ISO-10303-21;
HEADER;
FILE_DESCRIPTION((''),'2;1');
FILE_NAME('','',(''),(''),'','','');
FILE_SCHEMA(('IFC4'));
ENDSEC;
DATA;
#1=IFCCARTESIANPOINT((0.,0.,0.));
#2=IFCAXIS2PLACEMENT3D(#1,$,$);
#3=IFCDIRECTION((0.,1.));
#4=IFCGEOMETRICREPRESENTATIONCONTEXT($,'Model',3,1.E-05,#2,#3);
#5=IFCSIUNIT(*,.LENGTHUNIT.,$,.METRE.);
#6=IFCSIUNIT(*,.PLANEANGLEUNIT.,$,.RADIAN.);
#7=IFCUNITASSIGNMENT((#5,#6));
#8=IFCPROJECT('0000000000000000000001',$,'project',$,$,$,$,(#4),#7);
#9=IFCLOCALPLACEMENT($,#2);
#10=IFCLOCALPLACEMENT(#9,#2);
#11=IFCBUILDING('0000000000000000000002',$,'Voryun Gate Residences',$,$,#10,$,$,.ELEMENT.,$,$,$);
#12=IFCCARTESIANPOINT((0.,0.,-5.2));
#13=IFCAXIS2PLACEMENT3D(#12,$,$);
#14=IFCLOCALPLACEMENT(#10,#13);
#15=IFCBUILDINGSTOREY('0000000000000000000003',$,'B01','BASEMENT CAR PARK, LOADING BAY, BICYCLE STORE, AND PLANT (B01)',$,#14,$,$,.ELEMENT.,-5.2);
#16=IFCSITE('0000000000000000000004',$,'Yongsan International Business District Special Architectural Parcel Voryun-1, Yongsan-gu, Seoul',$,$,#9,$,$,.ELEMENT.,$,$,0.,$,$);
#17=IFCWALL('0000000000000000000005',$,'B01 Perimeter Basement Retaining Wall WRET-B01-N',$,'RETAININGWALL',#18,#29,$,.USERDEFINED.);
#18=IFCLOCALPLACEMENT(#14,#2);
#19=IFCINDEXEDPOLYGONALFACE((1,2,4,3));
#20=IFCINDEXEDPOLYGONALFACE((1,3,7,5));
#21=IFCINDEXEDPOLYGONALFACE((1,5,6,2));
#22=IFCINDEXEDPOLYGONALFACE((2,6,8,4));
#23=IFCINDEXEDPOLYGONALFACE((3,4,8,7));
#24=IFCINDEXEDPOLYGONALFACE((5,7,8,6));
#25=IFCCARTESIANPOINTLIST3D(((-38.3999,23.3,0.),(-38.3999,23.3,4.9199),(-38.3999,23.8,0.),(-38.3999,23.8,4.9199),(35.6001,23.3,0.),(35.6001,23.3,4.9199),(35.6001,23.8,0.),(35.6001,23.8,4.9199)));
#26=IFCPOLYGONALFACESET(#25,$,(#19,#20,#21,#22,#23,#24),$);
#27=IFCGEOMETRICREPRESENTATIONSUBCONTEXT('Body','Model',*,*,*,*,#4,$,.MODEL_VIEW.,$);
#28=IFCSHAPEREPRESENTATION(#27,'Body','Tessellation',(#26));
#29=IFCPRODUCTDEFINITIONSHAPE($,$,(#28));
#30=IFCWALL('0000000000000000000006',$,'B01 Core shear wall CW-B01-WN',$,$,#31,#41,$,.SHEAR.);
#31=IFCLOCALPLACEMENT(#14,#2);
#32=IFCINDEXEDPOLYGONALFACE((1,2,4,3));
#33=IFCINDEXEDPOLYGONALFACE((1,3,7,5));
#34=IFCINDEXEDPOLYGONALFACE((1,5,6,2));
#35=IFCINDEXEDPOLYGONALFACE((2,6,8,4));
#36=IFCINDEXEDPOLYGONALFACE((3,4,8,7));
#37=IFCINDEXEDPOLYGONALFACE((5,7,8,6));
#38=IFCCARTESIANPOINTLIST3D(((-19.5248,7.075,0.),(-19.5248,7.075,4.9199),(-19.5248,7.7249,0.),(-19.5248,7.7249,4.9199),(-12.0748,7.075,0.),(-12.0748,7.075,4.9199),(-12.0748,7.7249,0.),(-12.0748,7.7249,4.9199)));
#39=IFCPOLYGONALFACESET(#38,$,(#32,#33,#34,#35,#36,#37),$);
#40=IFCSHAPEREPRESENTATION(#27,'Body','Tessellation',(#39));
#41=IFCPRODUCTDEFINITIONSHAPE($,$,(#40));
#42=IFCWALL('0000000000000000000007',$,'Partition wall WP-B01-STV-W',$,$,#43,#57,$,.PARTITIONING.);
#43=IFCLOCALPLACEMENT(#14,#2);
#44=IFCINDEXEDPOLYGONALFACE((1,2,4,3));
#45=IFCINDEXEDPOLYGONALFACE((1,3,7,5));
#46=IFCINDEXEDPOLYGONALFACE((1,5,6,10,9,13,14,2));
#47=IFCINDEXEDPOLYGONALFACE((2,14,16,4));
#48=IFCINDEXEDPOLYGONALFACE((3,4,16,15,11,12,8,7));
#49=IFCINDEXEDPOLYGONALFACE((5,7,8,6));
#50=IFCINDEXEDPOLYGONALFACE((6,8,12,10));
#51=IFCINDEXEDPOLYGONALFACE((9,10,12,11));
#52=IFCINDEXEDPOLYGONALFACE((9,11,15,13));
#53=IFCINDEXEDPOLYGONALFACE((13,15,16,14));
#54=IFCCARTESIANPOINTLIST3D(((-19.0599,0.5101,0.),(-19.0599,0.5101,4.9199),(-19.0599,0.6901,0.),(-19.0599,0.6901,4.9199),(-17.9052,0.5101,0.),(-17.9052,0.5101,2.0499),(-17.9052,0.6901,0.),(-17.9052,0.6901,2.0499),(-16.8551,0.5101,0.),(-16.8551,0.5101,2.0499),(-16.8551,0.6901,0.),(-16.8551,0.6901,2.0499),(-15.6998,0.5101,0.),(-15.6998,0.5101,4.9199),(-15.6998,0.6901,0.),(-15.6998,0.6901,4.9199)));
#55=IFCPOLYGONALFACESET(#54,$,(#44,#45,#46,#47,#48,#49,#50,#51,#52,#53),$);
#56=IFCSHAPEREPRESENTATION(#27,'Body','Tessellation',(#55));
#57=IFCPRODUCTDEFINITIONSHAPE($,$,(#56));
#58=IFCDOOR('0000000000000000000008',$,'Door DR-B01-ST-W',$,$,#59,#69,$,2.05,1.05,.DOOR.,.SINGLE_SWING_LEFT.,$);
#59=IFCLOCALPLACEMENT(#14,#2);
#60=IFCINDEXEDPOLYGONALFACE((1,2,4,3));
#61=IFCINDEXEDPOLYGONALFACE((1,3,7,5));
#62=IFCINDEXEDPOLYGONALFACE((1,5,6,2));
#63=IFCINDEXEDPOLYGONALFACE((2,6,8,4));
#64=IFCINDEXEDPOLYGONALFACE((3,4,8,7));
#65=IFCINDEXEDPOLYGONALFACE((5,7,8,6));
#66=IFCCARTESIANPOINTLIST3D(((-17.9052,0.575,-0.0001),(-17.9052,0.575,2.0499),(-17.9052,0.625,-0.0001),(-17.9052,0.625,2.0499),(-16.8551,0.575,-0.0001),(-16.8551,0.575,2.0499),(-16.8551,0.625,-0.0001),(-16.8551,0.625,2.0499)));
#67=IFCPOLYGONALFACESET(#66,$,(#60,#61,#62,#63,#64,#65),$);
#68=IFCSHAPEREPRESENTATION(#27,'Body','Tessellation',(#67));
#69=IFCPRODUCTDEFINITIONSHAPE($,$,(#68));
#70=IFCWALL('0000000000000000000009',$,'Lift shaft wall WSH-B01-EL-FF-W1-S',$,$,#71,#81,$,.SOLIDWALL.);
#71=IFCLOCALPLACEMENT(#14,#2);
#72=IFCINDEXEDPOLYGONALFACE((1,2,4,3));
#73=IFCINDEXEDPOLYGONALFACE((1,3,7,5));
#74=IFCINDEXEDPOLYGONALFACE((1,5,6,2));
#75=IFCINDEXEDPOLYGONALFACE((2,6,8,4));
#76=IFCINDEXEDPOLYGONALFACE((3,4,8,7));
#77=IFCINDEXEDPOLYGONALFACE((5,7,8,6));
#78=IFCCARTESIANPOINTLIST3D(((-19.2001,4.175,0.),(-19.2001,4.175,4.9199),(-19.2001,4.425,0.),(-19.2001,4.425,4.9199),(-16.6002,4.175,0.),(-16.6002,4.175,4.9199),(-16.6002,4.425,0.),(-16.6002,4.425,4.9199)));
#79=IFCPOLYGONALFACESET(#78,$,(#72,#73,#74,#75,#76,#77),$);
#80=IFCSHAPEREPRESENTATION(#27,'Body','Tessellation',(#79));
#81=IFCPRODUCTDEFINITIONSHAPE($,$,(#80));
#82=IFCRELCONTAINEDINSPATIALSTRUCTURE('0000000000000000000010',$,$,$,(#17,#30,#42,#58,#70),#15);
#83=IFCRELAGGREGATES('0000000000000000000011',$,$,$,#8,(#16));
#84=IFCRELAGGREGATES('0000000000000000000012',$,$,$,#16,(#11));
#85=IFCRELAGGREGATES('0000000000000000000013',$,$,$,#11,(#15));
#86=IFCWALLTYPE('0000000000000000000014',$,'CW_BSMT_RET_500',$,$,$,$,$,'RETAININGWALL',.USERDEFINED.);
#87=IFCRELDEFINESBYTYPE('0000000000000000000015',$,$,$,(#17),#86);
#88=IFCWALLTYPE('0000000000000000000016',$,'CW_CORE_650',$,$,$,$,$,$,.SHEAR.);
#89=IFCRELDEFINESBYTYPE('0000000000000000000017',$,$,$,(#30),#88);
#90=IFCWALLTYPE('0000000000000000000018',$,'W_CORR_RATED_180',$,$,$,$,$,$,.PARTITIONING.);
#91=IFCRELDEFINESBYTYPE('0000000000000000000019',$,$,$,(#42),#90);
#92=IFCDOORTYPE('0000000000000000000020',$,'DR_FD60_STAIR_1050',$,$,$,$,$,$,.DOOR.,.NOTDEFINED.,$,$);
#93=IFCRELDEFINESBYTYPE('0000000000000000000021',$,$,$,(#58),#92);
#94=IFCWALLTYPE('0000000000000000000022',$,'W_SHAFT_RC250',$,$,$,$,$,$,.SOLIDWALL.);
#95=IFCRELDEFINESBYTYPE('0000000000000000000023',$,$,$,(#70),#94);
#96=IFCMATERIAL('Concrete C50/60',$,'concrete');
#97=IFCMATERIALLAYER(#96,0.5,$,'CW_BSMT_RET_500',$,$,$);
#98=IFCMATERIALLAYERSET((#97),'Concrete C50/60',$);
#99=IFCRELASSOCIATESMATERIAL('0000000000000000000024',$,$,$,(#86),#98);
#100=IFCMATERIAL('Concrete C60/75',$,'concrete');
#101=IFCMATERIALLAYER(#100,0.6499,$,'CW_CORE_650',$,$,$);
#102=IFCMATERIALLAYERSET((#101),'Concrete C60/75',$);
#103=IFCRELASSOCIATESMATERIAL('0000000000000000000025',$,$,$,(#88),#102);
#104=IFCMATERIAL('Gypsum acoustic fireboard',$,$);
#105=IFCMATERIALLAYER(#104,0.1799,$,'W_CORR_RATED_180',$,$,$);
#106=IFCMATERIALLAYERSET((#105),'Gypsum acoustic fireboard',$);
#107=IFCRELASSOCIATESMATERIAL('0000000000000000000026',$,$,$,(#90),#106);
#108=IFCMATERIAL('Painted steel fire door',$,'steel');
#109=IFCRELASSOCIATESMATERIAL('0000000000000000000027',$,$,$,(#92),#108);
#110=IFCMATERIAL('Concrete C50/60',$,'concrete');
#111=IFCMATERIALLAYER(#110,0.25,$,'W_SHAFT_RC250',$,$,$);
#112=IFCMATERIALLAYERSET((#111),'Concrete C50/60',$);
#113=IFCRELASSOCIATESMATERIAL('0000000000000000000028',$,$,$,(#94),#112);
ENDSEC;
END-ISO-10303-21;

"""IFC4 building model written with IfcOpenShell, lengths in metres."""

from ifc_helpers import new_model, si_unit, direction, frame, frame_2d, origin, place, context, subcontext, project, spatial, rectangle, extrude, material, layer, layer_set, type_object, element, fill, save


model = new_model("IFC4")

# Units and contexts
model_context = context("Model", 3, precision=1e-05, world=origin(), true_north=direction((0.0, 1.0)))
body_context = subcontext(model_context, "Body", "Model", "MODEL_VIEW")
ifc_project = project(units=[si_unit("LENGTHUNIT", "METRE"), si_unit("PLANEANGLEUNIT", "RADIAN")], contexts=[model_context])

# Site, building, storey
site_placement = place(None, origin())
site = spatial("IfcSite", under=ifc_project, at=site_placement, Name="Yongsan International Business District Special Architectural Parcel Voryun-1, Yongsan-gu, Seoul", CompositionType="ELEMENT", RefElevation=0.0)
building_placement = place(site_placement, origin())
building = spatial("IfcBuilding", under=site, at=building_placement, Name="Voryun Gate Residences", CompositionType="ELEMENT")
storey_placement = place(building_placement, frame((0.0, 0.0, -5.2)))
storey = spatial("IfcBuildingStorey", under=building, at=storey_placement, Name="B01", Description="BASEMENT CAR PARK, LOADING BAY, BICYCLE STORE, AND PLANT (B01)", CompositionType="ELEMENT", Elevation=-5.2)

# Walls
ifc_material_1 = material(Name="Concrete C50/60", Category="concrete")
ifc_layer_1 = layer(ifc_material_1, 0.5, Name="CW_BSMT_RET_500")
ifc_layer_set_1 = layer_set([ifc_layer_1], Name="Concrete C50/60")
wall_type_1 = type_object("IfcWallType", Name="CW_BSMT_RET_500", ElementType="RETAININGWALL", PredefinedType="USERDEFINED", material=ifc_layer_set_1)
wall_1_placement = place(storey_placement, frame((-38.3999, 23.55, 0.0), z_axis=(0.0, 0.0, 1.0), x_axis=(1.0, 0.0, 0.0)))
element("IfcWall", 1, at=wall_1_placement, inside=storey, type_object=wall_type_1, Name="B01 Perimeter Basement Retaining Wall WRET-B01-N", ObjectType="RETAININGWALL", PredefinedType="USERDEFINED", context=body_context, shape_type="SweptSolid", body=[
    extrude(rectangle(XDim=74.0, YDim=0.5, at=frame_2d((37.0, 0.0))), origin(), (0.0, 0.0, 1.0), 4.9199),
])
ifc_material_2 = material(Name="Concrete C60/75", Category="concrete")
ifc_layer_2 = layer(ifc_material_2, 0.6499, Name="CW_CORE_650")
ifc_layer_set_2 = layer_set([ifc_layer_2], Name="Concrete C60/75")
wall_type_2 = type_object("IfcWallType", Name="CW_CORE_650", PredefinedType="SHEAR", material=ifc_layer_set_2)
wall_2_placement = place(storey_placement, frame((-19.5249, 7.3999, 0.0), z_axis=(0.0, 0.0, 1.0), x_axis=(1.0, 0.0, 0.0)))
element("IfcWall", 2, at=wall_2_placement, inside=storey, type_object=wall_type_2, Name="B01 Core shear wall CW-B01-WN", PredefinedType="SHEAR", context=body_context, shape_type="SweptSolid", body=[
    extrude(rectangle(XDim=7.45, YDim=0.6499, at=frame_2d((3.7251, 0.0))), origin(), (0.0, 0.0, 1.0), 4.9199),
])

# Wall, opening, door
ifc_material_3 = material(Name="Gypsum acoustic fireboard")
ifc_layer_3 = layer(ifc_material_3, 0.1799, Name="W_CORR_RATED_180")
ifc_layer_set_3 = layer_set([ifc_layer_3], Name="Gypsum acoustic fireboard")
wall_type_3 = type_object("IfcWallType", Name="W_CORR_RATED_180", PredefinedType="PARTITIONING", material=ifc_layer_set_3)
wall_3_placement = place(storey_placement, frame((-19.0601, 0.6001, 0.0), z_axis=(0.0, 0.0, 1.0), x_axis=(1.0, 0.0, 0.0)))
wall_3 = element("IfcWall", 3, at=wall_3_placement, inside=storey, type_object=wall_type_3, Name="Partition wall WP-B01-STV-W", PredefinedType="PARTITIONING", context=body_context, shape_type="SweptSolid", body=[
    extrude(rectangle(XDim=3.3601, YDim=0.1799, at=frame_2d((1.6802, 0.0))), origin(), (0.0, 0.0, 1.0), 4.9199),
])
opening_placement = place(wall_3_placement, frame((1.155, 0.0, 0.0)))
opening = element("IfcOpeningElement", 4, at=opening_placement, cuts=wall_3, PredefinedType="OPENING", context=body_context, shape_type="SweptSolid", body=[
    extrude(rectangle(XDim=1.05, YDim=2.05, at=frame_2d((0.5249, 1.0249))), frame((0.0, 0.0999, 0.0), z_axis=(0.0, -1.0, 0.0), x_axis=(1.0, 0.0, 0.0)), (0.0, 0.0, 1.0), 0.2),
])
ifc_material_4 = material(Name="Painted steel fire door", Category="steel")
door_type = type_object("IfcDoorType", Name="DR_FD60_STAIR_1050", OperationType="NOTDEFINED", PredefinedType="DOOR", material=ifc_material_4)
door_placement = place(opening_placement, origin())
door = element("IfcDoor", 5, at=door_placement, inside=storey, type_object=door_type, Name="Door DR-B01-ST-W", OperationType="SINGLE_SWING_LEFT", OverallHeight=2.05, OverallWidth=1.05, PredefinedType="DOOR", context=body_context, shape_type="SweptSolid", body=[
    extrude(rectangle(XDim=1.05, YDim=2.05, at=frame_2d((0.5249, 1.0249))), frame((0.0, 0.0249, 0.0), z_axis=(0.0, -1.0, 0.0), x_axis=(1.0, 0.0, 0.0)), (0.0, 0.0, 1.0), 0.05),
])
fill(opening, door)

# Wall
ifc_material_5 = material(Name="Concrete C50/60", Category="concrete")
ifc_layer_4 = layer(ifc_material_5, 0.25, Name="W_SHAFT_RC250")
ifc_layer_set_4 = layer_set([ifc_layer_4], Name="Concrete C50/60")
wall_type_4 = type_object("IfcWallType", Name="W_SHAFT_RC250", PredefinedType="SOLIDWALL", material=ifc_layer_set_4)
wall_4_placement = place(storey_placement, frame((-19.2, 4.3, 0.0), z_axis=(0.0, 0.0, 1.0), x_axis=(1.0, 0.0, 0.0)))
element("IfcWall", 6, at=wall_4_placement, inside=storey, type_object=wall_type_4, Name="Lift shaft wall WSH-B01-EL-FF-W1-S", PredefinedType="SOLIDWALL", context=body_context, shape_type="SweptSolid", body=[
    extrude(rectangle(XDim=2.5999, YDim=0.25, at=frame_2d((1.2998, 0.0))), origin(), (0.0, 0.0, 1.0), 4.9199),
])

save(model, "model.ifc")
